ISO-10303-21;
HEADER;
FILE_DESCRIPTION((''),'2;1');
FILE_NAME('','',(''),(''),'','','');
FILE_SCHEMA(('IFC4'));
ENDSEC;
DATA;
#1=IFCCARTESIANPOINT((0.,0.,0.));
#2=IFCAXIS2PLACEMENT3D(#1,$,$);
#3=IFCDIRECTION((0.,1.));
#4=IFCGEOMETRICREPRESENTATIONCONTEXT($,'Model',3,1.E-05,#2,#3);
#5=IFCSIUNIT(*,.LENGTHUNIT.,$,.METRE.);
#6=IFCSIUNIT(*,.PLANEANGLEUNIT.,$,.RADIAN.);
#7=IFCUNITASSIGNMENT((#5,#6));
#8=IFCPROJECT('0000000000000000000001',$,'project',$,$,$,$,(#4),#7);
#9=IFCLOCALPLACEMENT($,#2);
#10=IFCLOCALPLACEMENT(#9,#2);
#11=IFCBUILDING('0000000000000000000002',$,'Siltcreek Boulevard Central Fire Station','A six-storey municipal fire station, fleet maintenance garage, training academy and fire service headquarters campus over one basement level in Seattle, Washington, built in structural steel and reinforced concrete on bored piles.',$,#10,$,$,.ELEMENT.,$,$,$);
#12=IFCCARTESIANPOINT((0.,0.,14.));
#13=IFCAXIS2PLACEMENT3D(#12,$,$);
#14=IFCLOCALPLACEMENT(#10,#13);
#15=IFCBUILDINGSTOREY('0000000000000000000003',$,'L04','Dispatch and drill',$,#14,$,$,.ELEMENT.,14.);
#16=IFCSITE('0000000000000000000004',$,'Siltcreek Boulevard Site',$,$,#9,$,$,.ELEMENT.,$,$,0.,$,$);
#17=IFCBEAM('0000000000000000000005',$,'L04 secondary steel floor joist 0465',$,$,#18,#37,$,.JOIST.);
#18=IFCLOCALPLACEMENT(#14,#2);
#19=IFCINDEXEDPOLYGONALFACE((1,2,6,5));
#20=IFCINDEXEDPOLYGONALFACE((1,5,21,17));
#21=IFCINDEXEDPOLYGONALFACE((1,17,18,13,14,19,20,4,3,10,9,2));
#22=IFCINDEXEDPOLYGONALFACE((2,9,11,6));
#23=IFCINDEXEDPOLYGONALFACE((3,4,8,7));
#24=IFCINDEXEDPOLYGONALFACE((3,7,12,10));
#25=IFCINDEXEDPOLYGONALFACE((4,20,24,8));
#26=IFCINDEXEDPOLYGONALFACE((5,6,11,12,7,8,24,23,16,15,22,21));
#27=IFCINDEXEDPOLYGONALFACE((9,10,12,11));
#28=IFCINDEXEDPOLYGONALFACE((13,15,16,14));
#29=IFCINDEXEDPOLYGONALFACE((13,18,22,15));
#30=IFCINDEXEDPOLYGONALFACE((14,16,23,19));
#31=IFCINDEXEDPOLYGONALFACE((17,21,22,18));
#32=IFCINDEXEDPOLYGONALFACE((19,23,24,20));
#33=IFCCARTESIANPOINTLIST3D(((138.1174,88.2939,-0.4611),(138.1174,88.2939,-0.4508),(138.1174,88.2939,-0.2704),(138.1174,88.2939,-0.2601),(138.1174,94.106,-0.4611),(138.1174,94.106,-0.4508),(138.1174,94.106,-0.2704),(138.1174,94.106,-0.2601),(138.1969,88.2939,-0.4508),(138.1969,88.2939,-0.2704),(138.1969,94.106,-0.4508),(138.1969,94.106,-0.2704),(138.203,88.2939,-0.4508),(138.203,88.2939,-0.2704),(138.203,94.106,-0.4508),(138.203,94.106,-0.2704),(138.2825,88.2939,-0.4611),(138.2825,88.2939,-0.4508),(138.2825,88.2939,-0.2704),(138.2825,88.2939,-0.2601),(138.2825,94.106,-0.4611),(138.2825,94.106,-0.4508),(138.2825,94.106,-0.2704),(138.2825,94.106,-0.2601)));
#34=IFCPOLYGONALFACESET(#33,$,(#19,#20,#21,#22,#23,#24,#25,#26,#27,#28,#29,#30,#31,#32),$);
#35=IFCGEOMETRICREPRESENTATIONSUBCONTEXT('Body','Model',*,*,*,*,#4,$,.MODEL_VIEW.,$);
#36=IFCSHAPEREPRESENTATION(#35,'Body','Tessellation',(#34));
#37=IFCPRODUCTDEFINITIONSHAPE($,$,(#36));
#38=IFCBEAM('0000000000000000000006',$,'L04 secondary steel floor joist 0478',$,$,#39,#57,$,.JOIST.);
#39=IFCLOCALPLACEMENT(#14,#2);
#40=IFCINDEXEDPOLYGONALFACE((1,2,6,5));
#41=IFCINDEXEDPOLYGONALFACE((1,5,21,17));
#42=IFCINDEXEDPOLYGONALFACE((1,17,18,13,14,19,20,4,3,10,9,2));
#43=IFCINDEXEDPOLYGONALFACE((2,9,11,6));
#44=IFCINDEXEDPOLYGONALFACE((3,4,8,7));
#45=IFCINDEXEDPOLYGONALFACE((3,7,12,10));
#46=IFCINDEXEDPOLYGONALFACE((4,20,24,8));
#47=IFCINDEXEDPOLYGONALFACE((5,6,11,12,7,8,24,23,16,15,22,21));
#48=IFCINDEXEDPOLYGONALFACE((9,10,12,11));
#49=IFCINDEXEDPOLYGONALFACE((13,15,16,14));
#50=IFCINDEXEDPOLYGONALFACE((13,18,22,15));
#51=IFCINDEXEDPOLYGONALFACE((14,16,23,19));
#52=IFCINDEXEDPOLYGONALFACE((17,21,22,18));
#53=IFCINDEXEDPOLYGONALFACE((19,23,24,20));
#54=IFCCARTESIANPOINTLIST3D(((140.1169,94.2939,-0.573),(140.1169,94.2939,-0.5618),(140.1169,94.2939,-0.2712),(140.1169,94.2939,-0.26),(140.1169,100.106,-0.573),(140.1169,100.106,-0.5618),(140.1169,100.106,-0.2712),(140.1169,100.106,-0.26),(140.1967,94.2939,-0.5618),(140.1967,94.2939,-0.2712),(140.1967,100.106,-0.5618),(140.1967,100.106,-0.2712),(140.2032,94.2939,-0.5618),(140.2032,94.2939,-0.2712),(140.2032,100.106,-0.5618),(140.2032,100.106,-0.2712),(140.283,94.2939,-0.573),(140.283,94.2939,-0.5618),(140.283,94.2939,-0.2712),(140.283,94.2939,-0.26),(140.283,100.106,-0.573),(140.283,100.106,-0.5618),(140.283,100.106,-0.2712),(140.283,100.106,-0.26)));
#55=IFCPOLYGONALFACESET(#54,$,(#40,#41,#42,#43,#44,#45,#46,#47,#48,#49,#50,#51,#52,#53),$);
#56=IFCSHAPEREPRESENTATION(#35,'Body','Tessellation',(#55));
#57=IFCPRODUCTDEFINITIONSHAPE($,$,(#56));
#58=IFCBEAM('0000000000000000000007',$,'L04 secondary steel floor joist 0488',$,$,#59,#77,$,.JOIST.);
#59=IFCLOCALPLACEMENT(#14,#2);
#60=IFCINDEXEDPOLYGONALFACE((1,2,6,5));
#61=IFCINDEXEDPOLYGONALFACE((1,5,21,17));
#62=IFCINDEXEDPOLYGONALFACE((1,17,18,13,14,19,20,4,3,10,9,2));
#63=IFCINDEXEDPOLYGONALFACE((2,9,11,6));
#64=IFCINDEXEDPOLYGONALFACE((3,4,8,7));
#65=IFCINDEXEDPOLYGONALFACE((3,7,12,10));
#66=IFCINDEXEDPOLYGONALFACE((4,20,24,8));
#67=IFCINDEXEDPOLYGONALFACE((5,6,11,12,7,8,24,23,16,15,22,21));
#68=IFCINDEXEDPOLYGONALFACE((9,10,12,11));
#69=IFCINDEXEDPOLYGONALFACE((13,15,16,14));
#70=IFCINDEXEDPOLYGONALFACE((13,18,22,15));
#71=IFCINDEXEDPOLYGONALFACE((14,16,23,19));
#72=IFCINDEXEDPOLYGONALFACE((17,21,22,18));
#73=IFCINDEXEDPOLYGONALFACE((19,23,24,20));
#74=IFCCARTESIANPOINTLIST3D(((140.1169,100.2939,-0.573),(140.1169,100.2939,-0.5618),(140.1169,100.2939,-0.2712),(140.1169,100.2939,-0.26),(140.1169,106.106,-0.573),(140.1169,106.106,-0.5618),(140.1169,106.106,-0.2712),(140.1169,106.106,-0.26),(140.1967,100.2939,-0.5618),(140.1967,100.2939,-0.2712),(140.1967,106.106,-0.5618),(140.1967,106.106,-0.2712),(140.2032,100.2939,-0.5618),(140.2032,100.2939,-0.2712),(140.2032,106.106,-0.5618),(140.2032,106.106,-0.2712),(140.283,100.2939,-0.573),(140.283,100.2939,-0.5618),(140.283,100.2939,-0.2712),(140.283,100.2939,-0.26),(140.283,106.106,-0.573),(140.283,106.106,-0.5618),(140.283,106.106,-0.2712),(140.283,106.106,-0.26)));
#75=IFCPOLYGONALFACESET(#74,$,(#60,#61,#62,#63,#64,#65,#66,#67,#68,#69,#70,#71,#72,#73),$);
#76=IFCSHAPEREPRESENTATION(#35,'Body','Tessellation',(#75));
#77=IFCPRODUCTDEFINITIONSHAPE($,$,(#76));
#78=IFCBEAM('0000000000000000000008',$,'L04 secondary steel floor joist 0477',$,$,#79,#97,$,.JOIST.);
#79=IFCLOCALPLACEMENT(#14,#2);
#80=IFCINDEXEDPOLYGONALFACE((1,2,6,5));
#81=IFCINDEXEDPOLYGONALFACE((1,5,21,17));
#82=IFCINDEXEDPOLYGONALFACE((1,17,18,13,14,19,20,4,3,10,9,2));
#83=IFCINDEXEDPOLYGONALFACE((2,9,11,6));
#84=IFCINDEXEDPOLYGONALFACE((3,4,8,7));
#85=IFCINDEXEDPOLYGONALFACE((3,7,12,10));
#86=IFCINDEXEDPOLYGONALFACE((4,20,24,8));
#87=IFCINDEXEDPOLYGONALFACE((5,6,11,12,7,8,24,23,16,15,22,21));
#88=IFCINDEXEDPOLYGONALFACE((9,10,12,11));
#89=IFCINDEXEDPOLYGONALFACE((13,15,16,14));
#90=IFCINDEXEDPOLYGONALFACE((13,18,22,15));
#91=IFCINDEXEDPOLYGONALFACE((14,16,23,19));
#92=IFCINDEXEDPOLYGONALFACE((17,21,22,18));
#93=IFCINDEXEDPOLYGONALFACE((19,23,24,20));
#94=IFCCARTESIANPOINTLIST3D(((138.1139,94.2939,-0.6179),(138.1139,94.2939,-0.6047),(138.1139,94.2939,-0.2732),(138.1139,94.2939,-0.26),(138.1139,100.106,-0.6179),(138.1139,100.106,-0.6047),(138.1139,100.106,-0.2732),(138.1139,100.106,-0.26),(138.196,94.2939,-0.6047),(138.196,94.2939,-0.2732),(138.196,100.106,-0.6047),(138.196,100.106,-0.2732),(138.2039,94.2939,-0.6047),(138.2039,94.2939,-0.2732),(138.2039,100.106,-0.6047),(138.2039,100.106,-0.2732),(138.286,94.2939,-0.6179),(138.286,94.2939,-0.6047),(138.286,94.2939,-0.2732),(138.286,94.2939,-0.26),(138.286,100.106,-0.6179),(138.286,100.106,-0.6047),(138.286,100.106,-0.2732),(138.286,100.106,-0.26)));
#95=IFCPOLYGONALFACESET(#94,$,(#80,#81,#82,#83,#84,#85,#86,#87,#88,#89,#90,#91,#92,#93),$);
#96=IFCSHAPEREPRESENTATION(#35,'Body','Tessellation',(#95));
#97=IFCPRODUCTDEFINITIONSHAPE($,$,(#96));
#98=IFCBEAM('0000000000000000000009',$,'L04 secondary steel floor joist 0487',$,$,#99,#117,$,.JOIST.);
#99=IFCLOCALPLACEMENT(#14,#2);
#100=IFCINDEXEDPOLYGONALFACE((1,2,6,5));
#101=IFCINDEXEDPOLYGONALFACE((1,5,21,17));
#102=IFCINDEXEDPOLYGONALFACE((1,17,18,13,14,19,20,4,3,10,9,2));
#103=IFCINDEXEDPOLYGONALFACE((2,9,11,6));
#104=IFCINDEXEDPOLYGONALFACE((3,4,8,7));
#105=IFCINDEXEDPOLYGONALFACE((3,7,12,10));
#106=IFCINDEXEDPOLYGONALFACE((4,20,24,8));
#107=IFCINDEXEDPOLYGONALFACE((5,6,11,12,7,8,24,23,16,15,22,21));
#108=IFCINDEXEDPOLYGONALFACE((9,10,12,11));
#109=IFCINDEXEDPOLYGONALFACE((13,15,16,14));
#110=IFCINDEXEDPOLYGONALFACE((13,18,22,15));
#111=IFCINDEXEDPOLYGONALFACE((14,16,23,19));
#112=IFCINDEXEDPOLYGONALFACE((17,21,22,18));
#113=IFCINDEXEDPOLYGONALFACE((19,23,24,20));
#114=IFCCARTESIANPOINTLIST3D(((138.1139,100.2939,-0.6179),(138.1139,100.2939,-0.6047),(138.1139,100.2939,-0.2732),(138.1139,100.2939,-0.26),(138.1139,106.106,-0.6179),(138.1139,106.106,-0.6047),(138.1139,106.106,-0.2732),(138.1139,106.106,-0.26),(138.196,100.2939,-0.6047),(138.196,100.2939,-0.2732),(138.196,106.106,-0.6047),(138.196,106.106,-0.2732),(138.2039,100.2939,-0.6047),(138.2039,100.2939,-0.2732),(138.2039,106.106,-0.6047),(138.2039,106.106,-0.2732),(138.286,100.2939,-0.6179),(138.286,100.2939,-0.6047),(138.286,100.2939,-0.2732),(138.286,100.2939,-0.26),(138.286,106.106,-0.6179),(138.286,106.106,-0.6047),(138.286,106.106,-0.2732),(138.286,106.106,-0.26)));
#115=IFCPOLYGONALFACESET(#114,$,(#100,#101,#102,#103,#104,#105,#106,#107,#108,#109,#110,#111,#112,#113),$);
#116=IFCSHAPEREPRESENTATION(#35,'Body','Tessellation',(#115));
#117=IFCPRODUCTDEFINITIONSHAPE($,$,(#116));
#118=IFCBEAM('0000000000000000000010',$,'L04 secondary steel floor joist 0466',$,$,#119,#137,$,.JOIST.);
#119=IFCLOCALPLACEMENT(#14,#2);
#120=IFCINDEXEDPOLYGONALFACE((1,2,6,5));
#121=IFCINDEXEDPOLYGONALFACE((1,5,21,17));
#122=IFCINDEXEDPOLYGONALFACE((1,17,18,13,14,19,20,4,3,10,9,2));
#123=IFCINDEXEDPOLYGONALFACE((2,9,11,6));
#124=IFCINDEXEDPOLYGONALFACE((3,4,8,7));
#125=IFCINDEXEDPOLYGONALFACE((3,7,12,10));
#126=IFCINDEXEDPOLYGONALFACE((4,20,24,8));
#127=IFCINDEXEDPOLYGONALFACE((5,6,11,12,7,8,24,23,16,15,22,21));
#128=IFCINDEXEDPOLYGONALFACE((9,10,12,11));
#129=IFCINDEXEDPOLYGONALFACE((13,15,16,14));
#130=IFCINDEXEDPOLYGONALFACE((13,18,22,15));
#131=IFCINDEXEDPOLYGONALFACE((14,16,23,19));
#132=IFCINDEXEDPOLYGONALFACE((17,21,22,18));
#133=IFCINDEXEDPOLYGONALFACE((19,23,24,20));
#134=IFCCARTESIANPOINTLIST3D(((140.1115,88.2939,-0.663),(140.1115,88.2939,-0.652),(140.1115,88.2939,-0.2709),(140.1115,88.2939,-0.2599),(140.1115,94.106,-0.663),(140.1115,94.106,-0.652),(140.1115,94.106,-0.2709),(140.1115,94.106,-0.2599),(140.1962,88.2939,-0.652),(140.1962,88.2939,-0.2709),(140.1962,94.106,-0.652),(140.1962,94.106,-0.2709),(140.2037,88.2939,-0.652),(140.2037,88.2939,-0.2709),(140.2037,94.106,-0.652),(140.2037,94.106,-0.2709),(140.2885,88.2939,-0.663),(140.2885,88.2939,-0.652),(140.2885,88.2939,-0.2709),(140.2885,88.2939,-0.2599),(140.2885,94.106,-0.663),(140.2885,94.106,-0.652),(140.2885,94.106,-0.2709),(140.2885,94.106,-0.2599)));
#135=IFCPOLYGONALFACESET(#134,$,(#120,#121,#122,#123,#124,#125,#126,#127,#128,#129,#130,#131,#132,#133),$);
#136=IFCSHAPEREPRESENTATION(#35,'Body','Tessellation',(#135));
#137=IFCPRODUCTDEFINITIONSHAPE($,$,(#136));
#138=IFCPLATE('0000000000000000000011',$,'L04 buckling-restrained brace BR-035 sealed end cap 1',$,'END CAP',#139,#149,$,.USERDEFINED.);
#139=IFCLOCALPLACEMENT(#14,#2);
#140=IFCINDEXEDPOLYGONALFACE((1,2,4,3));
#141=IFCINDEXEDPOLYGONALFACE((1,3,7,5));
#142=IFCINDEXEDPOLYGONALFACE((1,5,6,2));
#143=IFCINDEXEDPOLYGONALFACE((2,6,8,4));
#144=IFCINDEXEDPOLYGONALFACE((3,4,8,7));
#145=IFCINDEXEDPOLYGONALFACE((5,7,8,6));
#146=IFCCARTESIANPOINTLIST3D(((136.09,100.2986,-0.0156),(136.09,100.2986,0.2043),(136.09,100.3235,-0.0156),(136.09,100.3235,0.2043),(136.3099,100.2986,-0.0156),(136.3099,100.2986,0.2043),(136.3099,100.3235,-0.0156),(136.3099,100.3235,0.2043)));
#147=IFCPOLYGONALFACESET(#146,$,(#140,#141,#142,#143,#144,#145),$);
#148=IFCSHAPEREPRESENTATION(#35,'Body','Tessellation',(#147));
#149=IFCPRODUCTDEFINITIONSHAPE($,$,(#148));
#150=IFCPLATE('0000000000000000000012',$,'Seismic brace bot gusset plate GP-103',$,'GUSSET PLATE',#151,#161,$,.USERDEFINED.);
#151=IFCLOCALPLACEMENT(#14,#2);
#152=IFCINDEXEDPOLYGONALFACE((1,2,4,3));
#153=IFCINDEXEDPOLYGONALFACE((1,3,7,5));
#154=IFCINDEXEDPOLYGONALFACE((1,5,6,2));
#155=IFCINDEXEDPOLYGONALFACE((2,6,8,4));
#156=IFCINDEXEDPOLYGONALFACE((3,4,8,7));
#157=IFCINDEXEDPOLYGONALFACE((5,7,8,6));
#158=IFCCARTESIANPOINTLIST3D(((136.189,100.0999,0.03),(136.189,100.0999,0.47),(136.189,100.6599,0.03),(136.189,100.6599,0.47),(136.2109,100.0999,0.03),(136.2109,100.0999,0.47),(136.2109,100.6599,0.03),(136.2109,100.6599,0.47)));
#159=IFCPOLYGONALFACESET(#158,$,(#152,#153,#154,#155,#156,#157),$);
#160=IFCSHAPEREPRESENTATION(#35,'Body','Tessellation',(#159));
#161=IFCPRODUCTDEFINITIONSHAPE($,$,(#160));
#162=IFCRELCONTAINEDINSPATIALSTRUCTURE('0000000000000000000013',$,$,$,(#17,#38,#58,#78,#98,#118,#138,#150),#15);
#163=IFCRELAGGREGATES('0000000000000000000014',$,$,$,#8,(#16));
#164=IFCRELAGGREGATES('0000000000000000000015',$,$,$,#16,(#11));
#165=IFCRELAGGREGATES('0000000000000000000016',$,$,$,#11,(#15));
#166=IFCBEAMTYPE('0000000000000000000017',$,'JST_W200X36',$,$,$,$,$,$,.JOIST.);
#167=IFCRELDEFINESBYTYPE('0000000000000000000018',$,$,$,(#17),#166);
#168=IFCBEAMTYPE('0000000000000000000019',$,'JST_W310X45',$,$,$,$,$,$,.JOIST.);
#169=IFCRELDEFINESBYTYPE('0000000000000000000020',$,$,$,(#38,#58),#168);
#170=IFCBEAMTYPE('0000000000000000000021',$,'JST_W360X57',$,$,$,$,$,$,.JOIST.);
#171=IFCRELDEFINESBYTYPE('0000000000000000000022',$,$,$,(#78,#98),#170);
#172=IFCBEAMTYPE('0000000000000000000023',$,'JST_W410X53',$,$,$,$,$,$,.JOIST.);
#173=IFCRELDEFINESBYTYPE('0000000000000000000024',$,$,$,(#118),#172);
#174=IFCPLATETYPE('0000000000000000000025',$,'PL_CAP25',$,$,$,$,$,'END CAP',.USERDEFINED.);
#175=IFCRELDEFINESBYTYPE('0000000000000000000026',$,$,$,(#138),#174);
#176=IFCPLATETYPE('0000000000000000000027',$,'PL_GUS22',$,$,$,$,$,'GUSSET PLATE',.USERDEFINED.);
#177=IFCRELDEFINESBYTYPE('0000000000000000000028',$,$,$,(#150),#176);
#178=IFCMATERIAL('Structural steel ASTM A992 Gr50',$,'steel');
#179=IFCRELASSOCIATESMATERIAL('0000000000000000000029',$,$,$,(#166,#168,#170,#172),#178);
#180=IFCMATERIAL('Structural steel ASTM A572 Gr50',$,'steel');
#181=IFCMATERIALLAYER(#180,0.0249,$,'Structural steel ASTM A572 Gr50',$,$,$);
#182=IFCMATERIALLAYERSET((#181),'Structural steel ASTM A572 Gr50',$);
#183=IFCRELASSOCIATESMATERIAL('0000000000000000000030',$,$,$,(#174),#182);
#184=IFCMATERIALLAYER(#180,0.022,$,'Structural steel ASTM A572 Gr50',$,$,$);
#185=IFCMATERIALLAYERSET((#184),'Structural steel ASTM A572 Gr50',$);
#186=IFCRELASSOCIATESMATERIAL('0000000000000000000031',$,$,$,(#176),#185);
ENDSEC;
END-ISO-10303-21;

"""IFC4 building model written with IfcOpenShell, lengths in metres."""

from ifc_helpers import new_model, si_unit, direction, frame, origin, origin_2d, place, context, subcontext, project, spatial, rectangle, i_section, extrude, material, layer, layer_set, material_profile, profile_set, type_object, element, save


model = new_model("IFC4")

# Units and contexts
model_context = context("Model", 3, precision=1e-05, world=origin(), true_north=direction((0.0, 1.0)))
body_context = subcontext(model_context, "Body", "Model", "MODEL_VIEW")
ifc_project = project(units=[si_unit("LENGTHUNIT", "METRE"), si_unit("PLANEANGLEUNIT", "RADIAN")], contexts=[model_context])

# Site, building, storey
site_placement = place(None, origin())
site = spatial("IfcSite", under=ifc_project, at=site_placement, Name="Siltcreek Boulevard Site", CompositionType="ELEMENT", RefElevation=0.0)
building_placement = place(site_placement, origin())
building = spatial("IfcBuilding", under=site, at=building_placement, Name="Siltcreek Boulevard Central Fire Station", Description="A six-storey municipal fire station, fleet maintenance garage, training academy and fire service headquarters campus over one basement level in Seattle, Washington, built in structural steel and reinforced concrete on bored piles.", CompositionType="ELEMENT")
storey_placement = place(building_placement, frame((0.0, 0.0, 14.0)))
storey = spatial("IfcBuildingStorey", under=building, at=storey_placement, Name="L04", Description="Dispatch and drill", CompositionType="ELEMENT", Elevation=14.0)

# Shared definitions
ifc_material_1 = material(Name="Structural steel ASTM A992 Gr50", Category="steel")

# Beams
ifc_material_profile_1 = material_profile(ifc_material_1, i_section(OverallWidth=0.165, OverallDepth=0.2009, WebThickness=0.0061, FlangeThickness=0.0103, at=origin_2d()), Name="W200X36")
ifc_profile_set_1 = profile_set([ifc_material_profile_1], Name="Structural steel ASTM A992 Gr50")
beam_type_1 = type_object("IfcBeamType", Name="JST_W200X36", PredefinedType="JOIST", material=ifc_profile_set_1)
beam_1_placement = place(storey_placement, frame((138.2, 88.2939, -0.3606), z_axis=(0.0, 1.0, 0.0), x_axis=(-1.0, 0.0, 0.0)))
element("IfcBeam", 1, at=beam_1_placement, inside=storey, type_object=beam_type_1, Name="L04 secondary steel floor joist 0465", PredefinedType="JOIST", context=body_context, shape_type="SweptSolid", body=[
    extrude(i_section(OverallWidth=0.165, OverallDepth=0.2009, WebThickness=0.0061, FlangeThickness=0.0103, at=origin_2d()), origin(), (0.0, 0.0, 1.0), 5.812),
])
ifc_material_profile_2 = material_profile(ifc_material_1, i_section(OverallWidth=0.166, OverallDepth=0.313, WebThickness=0.0066, FlangeThickness=0.0112, at=origin_2d()), Name="W310X45")
ifc_profile_set_2 = profile_set([ifc_material_profile_2], Name="Structural steel ASTM A992 Gr50")
beam_type_2 = type_object("IfcBeamType", Name="JST_W310X45", PredefinedType="JOIST", material=ifc_profile_set_2)
for number, where, z_axis, x_axis, name in (
    (2, (140.2, 94.2939, -0.4165), (0.0, 1.0, 0.0), (-1.0, 0.0, 0.0), "L04 secondary steel floor joist 0478"),
    (3, (140.2, 100.2939, -0.4165), (0.0, 1.0, 0.0), (-1.0, 0.0, 0.0), "L04 secondary steel floor joist 0488"),
):
    element("IfcBeam", number, at=place(storey_placement, frame(where, z_axis=z_axis, x_axis=x_axis)), inside=storey, type_object=beam_type_2, Name=name, PredefinedType="JOIST", context=body_context, shape_type="SweptSolid", body=[
        extrude(i_section(OverallWidth=0.166, OverallDepth=0.313, WebThickness=0.0066, FlangeThickness=0.0112, at=origin_2d()), origin(), (0.0, 0.0, 1.0), 5.812),
    ])
ifc_material_profile_3 = material_profile(ifc_material_1, i_section(OverallWidth=0.1721, OverallDepth=0.3579, WebThickness=0.0078, FlangeThickness=0.0132, at=origin_2d()), Name="W360X57")
ifc_profile_set_3 = profile_set([ifc_material_profile_3], Name="Structural steel ASTM A992 Gr50")
beam_type_3 = type_object("IfcBeamType", Name="JST_W360X57", PredefinedType="JOIST", material=ifc_profile_set_3)
for number, where, z_axis, x_axis, name in (
    (4, (138.2, 94.2939, -0.439), (0.0, 1.0, 0.0), (-1.0, 0.0, 0.0), "L04 secondary steel floor joist 0477"),
    (5, (138.2, 100.2939, -0.439), (0.0, 1.0, 0.0), (-1.0, 0.0, 0.0), "L04 secondary steel floor joist 0487"),
):
    element("IfcBeam", number, at=place(storey_placement, frame(where, z_axis=z_axis, x_axis=x_axis)), inside=storey, type_object=beam_type_3, Name=name, PredefinedType="JOIST", context=body_context, shape_type="SweptSolid", body=[
        extrude(i_section(OverallWidth=0.1721, OverallDepth=0.3579, WebThickness=0.0078, FlangeThickness=0.0132, at=origin_2d()), origin(), (0.0, 0.0, 1.0), 5.812),
    ])
ifc_material_profile_4 = material_profile(ifc_material_1, i_section(OverallWidth=0.177, OverallDepth=0.4031, WebThickness=0.0076, FlangeThickness=0.011, at=origin_2d()), Name="W410X53")
ifc_profile_set_4 = profile_set([ifc_material_profile_4], Name="Structural steel ASTM A992 Gr50")
beam_type_4 = type_object("IfcBeamType", Name="JST_W410X53", PredefinedType="JOIST", material=ifc_profile_set_4)
beam_2_placement = place(storey_placement, frame((140.2, 88.2939, -0.4614), z_axis=(0.0, 1.0, 0.0), x_axis=(-1.0, 0.0, 0.0)))
element("IfcBeam", 6, at=beam_2_placement, inside=storey, type_object=beam_type_4, Name="L04 secondary steel floor joist 0466", PredefinedType="JOIST", context=body_context, shape_type="SweptSolid", body=[
    extrude(i_section(OverallWidth=0.177, OverallDepth=0.4031, WebThickness=0.0076, FlangeThickness=0.011, at=origin_2d()), origin(), (0.0, 0.0, 1.0), 5.812),
])

# Plates
ifc_material_2 = material(Name="Structural steel ASTM A572 Gr50", Category="steel")
ifc_layer_1 = layer(ifc_material_2, 0.0249, Name="Structural steel ASTM A572 Gr50")
ifc_layer_set_1 = layer_set([ifc_layer_1], Name="Structural steel ASTM A572 Gr50")
plate_type_1 = type_object("IfcPlateType", Name="PL_CAP25", ElementType="END CAP", PredefinedType="USERDEFINED", material=ifc_layer_set_1)
plate_1_placement = place(storey_placement, frame((136.2, 100.311, -0.0156), z_axis=(0.0, 0.0, 1.0), x_axis=(0.0, 1.0, 0.0)))
element("IfcPlate", 7, at=plate_1_placement, inside=storey, type_object=plate_type_1, Name="L04 buckling-restrained brace BR-035 sealed end cap 1", ObjectType="END CAP", PredefinedType="USERDEFINED", context=body_context, shape_type="SweptSolid", body=[
    extrude(rectangle(XDim=0.0249, YDim=0.22, at=origin_2d()), origin(), (0.0, 0.0, 1.0), 0.22),
])
ifc_layer_2 = layer(ifc_material_2, 0.022, Name="Structural steel ASTM A572 Gr50")
ifc_layer_set_2 = layer_set([ifc_layer_2], Name="Structural steel ASTM A572 Gr50")
plate_type_2 = type_object("IfcPlateType", Name="PL_GUS22", ElementType="GUSSET PLATE", PredefinedType="USERDEFINED", material=ifc_layer_set_2)
plate_2_placement = place(storey_placement, frame((136.2, 100.3799, 0.03), z_axis=(0.0, 0.0, 1.0), x_axis=(0.0, 1.0, 0.0)))
element("IfcPlate", 8, at=plate_2_placement, inside=storey, type_object=plate_type_2, Name="Seismic brace bot gusset plate GP-103", ObjectType="GUSSET PLATE", PredefinedType="USERDEFINED", context=body_context, shape_type="SweptSolid", body=[
    extrude(rectangle(XDim=0.5601, YDim=0.022, at=origin_2d()), origin(), (0.0, 0.0, 1.0), 0.4399),
])

save(model, "model.ifc")
